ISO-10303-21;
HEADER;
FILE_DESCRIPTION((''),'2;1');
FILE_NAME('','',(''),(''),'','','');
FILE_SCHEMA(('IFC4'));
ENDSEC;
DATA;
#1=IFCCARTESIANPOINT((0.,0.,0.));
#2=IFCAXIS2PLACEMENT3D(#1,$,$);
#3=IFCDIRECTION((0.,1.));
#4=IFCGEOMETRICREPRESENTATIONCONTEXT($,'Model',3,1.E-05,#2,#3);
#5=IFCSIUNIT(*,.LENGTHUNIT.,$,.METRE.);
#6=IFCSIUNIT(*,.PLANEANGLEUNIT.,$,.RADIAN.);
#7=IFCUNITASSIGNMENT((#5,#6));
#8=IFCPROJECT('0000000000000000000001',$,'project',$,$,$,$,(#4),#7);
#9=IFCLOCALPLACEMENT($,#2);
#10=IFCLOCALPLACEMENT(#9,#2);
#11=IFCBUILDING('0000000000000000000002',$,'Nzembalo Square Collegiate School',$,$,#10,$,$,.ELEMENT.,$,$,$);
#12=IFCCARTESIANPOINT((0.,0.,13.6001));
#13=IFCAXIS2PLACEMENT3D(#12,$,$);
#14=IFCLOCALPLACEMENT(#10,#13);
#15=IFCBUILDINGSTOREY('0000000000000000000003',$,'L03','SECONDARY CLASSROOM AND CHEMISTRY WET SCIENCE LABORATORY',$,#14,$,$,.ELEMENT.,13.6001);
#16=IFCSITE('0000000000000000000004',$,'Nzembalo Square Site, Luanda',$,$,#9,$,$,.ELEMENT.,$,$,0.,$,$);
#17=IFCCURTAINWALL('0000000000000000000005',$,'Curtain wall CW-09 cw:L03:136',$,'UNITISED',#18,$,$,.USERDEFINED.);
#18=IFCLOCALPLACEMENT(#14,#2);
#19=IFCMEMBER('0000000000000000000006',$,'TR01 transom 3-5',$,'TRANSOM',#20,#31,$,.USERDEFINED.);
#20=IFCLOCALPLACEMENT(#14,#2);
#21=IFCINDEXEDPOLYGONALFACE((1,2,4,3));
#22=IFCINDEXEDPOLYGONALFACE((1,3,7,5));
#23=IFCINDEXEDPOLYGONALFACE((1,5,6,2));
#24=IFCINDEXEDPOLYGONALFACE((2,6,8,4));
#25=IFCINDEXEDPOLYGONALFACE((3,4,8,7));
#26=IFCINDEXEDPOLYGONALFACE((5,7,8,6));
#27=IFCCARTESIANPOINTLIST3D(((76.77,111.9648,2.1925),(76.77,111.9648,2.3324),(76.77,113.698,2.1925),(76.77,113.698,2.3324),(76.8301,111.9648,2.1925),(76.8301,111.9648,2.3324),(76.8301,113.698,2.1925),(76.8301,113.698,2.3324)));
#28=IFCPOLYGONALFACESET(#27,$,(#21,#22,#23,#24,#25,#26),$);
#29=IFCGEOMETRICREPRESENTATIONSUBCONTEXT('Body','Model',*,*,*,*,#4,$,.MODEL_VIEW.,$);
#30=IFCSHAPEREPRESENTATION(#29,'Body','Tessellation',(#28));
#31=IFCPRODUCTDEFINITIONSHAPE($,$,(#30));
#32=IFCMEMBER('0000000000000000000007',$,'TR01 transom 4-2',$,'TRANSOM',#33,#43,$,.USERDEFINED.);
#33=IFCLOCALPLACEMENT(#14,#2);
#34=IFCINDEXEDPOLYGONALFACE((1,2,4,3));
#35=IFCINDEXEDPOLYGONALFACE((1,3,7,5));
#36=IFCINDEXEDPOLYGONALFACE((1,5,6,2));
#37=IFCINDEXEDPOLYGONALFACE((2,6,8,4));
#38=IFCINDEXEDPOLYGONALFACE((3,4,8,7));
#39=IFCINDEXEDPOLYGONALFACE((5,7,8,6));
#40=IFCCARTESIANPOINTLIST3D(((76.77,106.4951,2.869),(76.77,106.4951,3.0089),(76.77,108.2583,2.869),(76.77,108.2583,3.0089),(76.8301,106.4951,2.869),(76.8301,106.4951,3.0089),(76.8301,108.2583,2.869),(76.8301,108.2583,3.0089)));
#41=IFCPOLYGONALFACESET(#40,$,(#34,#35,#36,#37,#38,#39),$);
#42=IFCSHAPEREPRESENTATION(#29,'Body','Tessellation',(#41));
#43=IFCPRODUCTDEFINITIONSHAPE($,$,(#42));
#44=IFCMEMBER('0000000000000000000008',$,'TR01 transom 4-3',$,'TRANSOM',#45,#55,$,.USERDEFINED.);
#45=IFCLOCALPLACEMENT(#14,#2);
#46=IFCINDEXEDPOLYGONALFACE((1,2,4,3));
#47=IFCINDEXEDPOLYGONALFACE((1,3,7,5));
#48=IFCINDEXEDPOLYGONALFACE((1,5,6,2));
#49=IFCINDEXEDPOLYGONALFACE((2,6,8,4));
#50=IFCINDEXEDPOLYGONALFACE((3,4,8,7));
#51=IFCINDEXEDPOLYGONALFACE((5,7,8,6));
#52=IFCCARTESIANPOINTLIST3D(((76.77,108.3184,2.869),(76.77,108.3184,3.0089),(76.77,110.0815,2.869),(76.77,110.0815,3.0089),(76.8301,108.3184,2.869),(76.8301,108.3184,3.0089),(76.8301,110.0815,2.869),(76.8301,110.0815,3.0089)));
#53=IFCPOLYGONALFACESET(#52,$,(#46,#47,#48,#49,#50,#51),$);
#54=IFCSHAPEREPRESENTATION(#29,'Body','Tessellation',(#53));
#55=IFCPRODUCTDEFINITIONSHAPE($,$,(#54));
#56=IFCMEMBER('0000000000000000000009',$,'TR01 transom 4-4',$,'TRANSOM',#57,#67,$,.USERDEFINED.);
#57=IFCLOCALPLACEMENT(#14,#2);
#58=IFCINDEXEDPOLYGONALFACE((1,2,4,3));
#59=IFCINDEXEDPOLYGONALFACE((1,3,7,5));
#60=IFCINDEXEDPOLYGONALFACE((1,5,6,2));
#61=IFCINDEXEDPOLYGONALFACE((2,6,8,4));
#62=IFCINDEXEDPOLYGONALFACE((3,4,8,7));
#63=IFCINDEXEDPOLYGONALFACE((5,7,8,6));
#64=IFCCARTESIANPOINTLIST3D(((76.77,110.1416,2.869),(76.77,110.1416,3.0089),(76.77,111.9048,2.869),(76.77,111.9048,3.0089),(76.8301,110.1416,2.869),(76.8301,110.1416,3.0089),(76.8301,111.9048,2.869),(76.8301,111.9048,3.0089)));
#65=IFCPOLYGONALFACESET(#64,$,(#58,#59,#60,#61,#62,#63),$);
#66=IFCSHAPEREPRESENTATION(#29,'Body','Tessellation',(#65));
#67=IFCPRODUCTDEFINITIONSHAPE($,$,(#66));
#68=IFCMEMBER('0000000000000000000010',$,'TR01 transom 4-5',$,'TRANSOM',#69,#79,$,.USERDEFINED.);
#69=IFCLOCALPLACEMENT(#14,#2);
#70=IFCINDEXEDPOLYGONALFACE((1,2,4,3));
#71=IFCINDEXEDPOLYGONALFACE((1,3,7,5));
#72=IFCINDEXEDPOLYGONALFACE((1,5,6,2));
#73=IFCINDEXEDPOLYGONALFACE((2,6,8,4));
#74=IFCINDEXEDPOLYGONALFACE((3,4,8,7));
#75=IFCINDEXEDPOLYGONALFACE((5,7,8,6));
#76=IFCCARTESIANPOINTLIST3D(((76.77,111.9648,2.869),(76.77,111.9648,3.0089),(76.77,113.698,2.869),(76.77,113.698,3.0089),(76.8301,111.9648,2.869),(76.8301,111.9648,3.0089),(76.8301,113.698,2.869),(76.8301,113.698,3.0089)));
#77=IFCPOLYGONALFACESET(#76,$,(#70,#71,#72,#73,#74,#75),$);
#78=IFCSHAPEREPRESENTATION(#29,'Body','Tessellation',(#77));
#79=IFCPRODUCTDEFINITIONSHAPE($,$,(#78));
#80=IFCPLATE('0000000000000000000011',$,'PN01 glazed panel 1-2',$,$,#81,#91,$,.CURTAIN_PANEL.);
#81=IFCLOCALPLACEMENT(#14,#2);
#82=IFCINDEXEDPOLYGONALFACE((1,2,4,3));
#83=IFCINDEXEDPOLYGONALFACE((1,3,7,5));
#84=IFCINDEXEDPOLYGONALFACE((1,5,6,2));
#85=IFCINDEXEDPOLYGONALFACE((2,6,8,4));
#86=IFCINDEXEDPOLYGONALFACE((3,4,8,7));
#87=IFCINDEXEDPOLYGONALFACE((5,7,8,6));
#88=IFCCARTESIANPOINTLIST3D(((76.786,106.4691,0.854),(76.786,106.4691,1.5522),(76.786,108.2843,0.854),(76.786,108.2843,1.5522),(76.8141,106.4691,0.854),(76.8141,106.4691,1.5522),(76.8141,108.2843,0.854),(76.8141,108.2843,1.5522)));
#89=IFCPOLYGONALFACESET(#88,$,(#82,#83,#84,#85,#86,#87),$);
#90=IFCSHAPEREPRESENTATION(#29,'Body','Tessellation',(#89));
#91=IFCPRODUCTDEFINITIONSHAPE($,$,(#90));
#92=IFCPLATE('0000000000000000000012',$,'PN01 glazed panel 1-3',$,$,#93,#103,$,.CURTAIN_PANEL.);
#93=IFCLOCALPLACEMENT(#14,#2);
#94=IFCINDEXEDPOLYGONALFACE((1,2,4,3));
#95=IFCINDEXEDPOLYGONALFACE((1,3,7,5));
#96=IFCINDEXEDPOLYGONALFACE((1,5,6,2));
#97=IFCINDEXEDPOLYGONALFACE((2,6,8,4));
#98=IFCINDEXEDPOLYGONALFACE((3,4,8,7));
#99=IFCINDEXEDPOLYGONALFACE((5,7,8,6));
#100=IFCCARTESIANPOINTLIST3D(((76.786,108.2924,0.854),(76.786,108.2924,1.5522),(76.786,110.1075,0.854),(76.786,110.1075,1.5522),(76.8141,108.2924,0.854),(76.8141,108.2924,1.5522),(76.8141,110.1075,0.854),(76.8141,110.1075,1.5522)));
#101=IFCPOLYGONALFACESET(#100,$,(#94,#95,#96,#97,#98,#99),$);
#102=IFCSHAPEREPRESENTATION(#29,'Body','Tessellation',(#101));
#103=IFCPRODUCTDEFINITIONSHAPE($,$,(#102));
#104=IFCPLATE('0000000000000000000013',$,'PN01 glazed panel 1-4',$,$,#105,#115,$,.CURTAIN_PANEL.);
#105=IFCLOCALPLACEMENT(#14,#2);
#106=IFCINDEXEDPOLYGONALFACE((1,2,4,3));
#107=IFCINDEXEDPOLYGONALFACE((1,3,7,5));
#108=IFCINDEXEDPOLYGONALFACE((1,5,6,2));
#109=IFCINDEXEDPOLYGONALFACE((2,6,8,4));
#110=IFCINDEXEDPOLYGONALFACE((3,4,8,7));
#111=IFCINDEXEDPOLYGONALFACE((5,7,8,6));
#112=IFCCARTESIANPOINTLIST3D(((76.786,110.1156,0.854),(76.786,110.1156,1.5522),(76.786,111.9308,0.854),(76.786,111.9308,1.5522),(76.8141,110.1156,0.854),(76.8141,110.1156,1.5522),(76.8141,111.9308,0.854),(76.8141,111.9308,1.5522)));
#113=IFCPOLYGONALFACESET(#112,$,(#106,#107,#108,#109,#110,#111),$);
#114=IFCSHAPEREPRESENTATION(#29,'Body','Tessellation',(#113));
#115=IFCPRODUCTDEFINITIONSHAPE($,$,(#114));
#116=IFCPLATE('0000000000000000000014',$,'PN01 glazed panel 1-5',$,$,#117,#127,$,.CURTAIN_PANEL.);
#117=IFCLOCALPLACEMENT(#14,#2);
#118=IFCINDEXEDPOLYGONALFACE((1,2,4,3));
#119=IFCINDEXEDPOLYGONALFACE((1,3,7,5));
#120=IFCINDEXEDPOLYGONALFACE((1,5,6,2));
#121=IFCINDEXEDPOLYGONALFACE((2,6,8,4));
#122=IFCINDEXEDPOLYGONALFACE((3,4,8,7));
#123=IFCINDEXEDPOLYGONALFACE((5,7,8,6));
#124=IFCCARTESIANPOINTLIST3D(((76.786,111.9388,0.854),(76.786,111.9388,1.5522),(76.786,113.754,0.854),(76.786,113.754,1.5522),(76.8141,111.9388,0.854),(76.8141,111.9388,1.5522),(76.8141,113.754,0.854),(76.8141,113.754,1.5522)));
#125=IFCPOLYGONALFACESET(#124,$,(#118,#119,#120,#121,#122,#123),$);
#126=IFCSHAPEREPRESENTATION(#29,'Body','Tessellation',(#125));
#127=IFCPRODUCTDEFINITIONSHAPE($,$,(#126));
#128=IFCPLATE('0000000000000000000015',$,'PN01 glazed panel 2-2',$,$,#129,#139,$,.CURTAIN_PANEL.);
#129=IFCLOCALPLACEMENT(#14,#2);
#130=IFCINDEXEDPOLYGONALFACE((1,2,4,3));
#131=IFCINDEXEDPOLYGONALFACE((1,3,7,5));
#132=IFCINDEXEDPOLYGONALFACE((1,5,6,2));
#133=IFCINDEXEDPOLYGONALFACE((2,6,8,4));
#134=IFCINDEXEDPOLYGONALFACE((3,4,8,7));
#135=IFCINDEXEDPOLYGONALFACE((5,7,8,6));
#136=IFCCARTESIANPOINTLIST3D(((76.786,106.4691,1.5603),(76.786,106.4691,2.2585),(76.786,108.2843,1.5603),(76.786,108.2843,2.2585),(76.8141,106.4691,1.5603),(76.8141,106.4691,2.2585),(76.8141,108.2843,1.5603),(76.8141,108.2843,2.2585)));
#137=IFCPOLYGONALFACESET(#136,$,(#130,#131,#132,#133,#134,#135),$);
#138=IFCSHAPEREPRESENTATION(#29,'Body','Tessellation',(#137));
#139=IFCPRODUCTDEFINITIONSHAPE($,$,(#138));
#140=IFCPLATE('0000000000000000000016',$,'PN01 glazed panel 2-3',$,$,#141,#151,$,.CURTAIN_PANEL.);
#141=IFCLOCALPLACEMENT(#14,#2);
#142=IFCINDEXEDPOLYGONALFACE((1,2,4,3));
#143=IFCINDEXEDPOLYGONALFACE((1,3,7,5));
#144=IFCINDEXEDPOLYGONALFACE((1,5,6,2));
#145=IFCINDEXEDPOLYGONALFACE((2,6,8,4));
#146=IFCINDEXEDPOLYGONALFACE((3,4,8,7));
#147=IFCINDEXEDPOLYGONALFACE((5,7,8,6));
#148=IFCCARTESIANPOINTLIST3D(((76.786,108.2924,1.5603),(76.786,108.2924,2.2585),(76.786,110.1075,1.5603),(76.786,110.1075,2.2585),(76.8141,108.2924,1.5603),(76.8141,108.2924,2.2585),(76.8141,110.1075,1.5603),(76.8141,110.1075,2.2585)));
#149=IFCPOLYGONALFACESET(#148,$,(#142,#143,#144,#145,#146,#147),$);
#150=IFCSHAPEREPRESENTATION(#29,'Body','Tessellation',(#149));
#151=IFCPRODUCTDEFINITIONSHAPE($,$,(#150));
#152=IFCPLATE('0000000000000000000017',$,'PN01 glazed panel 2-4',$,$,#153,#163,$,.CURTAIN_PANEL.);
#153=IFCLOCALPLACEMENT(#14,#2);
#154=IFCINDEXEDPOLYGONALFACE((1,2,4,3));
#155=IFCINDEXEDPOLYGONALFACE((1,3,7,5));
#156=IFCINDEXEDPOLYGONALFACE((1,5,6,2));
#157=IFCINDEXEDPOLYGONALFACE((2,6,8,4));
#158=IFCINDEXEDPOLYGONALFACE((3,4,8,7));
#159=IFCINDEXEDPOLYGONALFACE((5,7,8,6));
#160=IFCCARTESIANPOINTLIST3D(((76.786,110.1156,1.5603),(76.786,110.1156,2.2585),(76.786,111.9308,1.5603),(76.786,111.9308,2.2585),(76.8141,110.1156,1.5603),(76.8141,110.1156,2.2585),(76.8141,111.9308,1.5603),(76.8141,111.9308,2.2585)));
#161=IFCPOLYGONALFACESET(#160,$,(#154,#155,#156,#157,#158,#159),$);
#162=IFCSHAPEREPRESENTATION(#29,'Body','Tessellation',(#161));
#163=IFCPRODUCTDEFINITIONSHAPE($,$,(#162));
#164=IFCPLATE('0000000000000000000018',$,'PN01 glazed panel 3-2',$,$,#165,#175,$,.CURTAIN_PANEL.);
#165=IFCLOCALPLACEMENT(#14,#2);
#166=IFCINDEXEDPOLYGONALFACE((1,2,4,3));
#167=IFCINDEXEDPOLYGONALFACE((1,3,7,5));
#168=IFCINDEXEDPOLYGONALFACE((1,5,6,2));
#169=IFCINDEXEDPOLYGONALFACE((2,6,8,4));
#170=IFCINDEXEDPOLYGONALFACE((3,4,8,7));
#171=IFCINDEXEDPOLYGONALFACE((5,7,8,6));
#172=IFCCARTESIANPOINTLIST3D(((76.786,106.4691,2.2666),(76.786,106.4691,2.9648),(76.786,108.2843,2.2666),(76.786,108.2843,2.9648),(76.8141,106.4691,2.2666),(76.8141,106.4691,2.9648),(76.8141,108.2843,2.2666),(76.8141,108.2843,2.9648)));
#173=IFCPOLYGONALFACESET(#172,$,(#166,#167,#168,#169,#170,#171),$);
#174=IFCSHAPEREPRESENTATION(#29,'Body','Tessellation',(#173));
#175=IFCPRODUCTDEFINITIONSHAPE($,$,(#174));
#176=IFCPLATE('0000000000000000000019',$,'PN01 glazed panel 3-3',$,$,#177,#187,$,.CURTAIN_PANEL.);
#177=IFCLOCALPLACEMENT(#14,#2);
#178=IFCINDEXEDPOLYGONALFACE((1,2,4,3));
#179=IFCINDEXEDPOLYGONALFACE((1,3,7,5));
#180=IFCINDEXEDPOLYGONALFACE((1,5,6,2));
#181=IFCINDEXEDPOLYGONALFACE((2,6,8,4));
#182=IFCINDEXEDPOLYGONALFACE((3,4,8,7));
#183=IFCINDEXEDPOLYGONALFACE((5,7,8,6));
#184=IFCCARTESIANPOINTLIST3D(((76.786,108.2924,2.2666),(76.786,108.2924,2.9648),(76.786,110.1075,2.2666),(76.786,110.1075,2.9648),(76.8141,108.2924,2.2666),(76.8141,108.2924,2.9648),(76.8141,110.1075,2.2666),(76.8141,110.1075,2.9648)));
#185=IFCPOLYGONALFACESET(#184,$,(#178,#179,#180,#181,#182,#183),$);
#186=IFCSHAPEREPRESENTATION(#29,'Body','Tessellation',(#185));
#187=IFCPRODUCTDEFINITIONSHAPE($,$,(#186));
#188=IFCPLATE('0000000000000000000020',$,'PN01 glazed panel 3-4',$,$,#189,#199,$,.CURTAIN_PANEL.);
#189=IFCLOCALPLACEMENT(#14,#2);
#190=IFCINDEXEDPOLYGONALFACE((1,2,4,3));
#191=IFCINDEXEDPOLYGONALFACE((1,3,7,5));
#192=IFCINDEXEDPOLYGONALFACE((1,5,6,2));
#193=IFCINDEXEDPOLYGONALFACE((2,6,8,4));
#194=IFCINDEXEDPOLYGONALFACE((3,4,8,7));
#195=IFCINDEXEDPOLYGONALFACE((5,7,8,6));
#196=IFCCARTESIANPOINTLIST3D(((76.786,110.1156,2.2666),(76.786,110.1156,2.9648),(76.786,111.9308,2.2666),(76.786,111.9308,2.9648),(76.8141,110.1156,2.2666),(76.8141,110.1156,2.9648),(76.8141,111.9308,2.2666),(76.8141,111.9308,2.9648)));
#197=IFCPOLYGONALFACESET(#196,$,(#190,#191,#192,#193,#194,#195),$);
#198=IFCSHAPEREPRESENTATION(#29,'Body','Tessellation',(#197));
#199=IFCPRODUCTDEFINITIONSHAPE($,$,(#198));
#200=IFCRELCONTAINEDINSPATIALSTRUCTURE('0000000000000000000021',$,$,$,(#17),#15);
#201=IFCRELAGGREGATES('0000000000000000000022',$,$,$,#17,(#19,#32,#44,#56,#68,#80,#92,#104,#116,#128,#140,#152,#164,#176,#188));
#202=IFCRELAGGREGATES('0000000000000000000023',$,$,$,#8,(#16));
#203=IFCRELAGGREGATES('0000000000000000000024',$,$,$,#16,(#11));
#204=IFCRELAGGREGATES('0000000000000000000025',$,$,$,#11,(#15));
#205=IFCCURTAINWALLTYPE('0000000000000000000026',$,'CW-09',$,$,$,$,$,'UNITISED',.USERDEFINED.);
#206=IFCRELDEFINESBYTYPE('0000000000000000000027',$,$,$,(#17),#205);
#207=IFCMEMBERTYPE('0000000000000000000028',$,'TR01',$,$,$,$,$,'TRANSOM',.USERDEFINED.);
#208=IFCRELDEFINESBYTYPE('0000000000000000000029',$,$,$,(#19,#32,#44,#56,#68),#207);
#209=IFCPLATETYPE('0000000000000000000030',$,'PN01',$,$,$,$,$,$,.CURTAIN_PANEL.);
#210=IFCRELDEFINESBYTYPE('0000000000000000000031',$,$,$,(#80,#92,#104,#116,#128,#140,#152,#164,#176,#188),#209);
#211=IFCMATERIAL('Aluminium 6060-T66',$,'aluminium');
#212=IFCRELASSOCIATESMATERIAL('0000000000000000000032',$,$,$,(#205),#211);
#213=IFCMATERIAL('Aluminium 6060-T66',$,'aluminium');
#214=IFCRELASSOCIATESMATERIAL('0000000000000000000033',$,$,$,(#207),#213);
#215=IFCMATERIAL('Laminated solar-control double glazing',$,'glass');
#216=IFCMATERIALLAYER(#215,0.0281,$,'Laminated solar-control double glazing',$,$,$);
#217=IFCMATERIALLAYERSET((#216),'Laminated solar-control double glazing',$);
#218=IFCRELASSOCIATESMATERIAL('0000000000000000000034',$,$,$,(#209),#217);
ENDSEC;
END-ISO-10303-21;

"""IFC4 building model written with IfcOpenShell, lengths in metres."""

from ifc_helpers import new_model, si_unit, direction, frame, origin, origin_2d, place, context, subcontext, project, spatial, rectangle, extrude, material, layer, layer_set, material_profile, profile_set, type_object, element, aggregate, save


model = new_model("IFC4")

# Units and contexts
model_context = context("Model", 3, precision=1e-05, world=origin(), true_north=direction((0.0, 1.0)))
body_context = subcontext(model_context, "Body", "Model", "MODEL_VIEW")
ifc_project = project(units=[si_unit("LENGTHUNIT", "METRE"), si_unit("PLANEANGLEUNIT", "RADIAN")], contexts=[model_context])

# Site, building, storey
site_placement = place(None, origin())
site = spatial("IfcSite", under=ifc_project, at=site_placement, Name="Nzembalo Square Site, Luanda", CompositionType="ELEMENT", RefElevation=0.0)
building_placement = place(site_placement, origin())
building = spatial("IfcBuilding", under=site, at=building_placement, Name="Nzembalo Square Collegiate School", CompositionType="ELEMENT")
storey_placement = place(building_placement, frame((0.0, 0.0, 13.6001)))
storey = spatial("IfcBuildingStorey", under=building, at=storey_placement, Name="L03", Description="SECONDARY CLASSROOM AND CHEMISTRY WET SCIENCE LABORATORY", CompositionType="ELEMENT", Elevation=13.6001)

# Curtain wall, members, plates
ifc_material_1 = material(Name="Aluminium 6060-T66", Category="aluminium")
curtain_wall_type = type_object("IfcCurtainWallType", Name="CW-09", ElementType="UNITISED", PredefinedType="USERDEFINED", material=ifc_material_1)
curtain_wall_placement = place(storey_placement, origin())
curtain_wall = element("IfcCurtainWall", 1, at=curtain_wall_placement, inside=storey, type_object=curtain_wall_type, Name="Curtain wall CW-09 cw:L03:136", ObjectType="UNITISED", PredefinedType="USERDEFINED")
ifc_material_2 = material(Name="Aluminium 6060-T66", Category="aluminium")
ifc_material_profile_1 = material_profile(ifc_material_2, rectangle(XDim=0.0601, YDim=0.1399, at=origin_2d()), Name="ALU T60x140")
ifc_profile_set_1 = profile_set([ifc_material_profile_1], Name="Aluminium 6060-T66")
member_type_1 = type_object("IfcMemberType", Name="TR01", ElementType="TRANSOM", PredefinedType="USERDEFINED", material=ifc_profile_set_1)
member_1_placement = place(storey_placement, frame((76.8, 111.9648, 2.2625), z_axis=(0.0, 1.0, 0.0), x_axis=(-1.0, 0.0, 0.0)))
member_1 = element("IfcMember", 2, at=member_1_placement, type_object=member_type_1, Name="TR01 transom 3-5", ObjectType="TRANSOM", PredefinedType="USERDEFINED", context=body_context, shape_type="SweptSolid", body=[
    extrude(rectangle(XDim=0.0601, YDim=0.1399, at=origin_2d()), origin(), (0.0, 0.0, 1.0), 1.7332),
])
member_2_placement = place(storey_placement, frame((76.8, 106.4951, 2.939), z_axis=(0.0, 1.0, 0.0), x_axis=(-1.0, 0.0, 0.0)))
member_2 = element("IfcMember", 3, at=member_2_placement, type_object=member_type_1, Name="TR01 transom 4-2", ObjectType="TRANSOM", PredefinedType="USERDEFINED", context=body_context, shape_type="SweptSolid", body=[
    extrude(rectangle(XDim=0.0601, YDim=0.1399, at=origin_2d()), origin(), (0.0, 0.0, 1.0), 1.7632),
])
member_3_placement = place(storey_placement, frame((76.8, 108.3184, 2.939), z_axis=(0.0, 1.0, 0.0), x_axis=(-1.0, 0.0, 0.0)))
member_3 = element("IfcMember", 4, at=member_3_placement, type_object=member_type_1, Name="TR01 transom 4-3", ObjectType="TRANSOM", PredefinedType="USERDEFINED", context=body_context, shape_type="SweptSolid", body=[
    extrude(rectangle(XDim=0.0601, YDim=0.1399, at=origin_2d()), origin(), (0.0, 0.0, 1.0), 1.7632),
])
member_4_placement = place(storey_placement, frame((76.8, 110.1416, 2.939), z_axis=(0.0, 1.0, 0.0), x_axis=(-1.0, 0.0, 0.0)))
member_4 = element("IfcMember", 5, at=member_4_placement, type_object=member_type_1, Name="TR01 transom 4-4", ObjectType="TRANSOM", PredefinedType="USERDEFINED", context=body_context, shape_type="SweptSolid", body=[
    extrude(rectangle(XDim=0.0601, YDim=0.1399, at=origin_2d()), origin(), (0.0, 0.0, 1.0), 1.7632),
])
member_5_placement = place(storey_placement, frame((76.8, 111.9648, 2.939), z_axis=(0.0, 1.0, 0.0), x_axis=(-1.0, 0.0, 0.0)))
member_5 = element("IfcMember", 6, at=member_5_placement, type_object=member_type_1, Name="TR01 transom 4-5", ObjectType="TRANSOM", PredefinedType="USERDEFINED", context=body_context, shape_type="SweptSolid", body=[
    extrude(rectangle(XDim=0.0601, YDim=0.1399, at=origin_2d()), origin(), (0.0, 0.0, 1.0), 1.7332),
])
ifc_material_3 = material(Name="Laminated solar-control double glazing", Category="glass")
ifc_layer_1 = layer(ifc_material_3, 0.0281, Name="Laminated solar-control double glazing")
ifc_layer_set_1 = layer_set([ifc_layer_1], Name="Laminated solar-control double glazing")
plate_type = type_object("IfcPlateType", Name="PN01", PredefinedType="CURTAIN_PANEL", material=ifc_layer_set_1)
plate_1_placement = place(storey_placement, frame((76.8, 107.3767, 0.854), z_axis=(0.0, 0.0, 1.0), x_axis=(0.0, 1.0, 0.0)))
plate_1 = element("IfcPlate", 7, at=plate_1_placement, type_object=plate_type, Name="PN01 glazed panel 1-2", PredefinedType="CURTAIN_PANEL", context=body_context, shape_type="SweptSolid", body=[
    extrude(rectangle(XDim=1.8152, YDim=0.0281, at=origin_2d()), origin(), (0.0, 0.0, 1.0), 0.6982),
])
plate_2_placement = place(storey_placement, frame((76.8, 109.2, 0.854), z_axis=(0.0, 0.0, 1.0), x_axis=(0.0, 1.0, 0.0)))
plate_2 = element("IfcPlate", 8, at=plate_2_placement, type_object=plate_type, Name="PN01 glazed panel 1-3", PredefinedType="CURTAIN_PANEL", context=body_context, shape_type="SweptSolid", body=[
    extrude(rectangle(XDim=1.8152, YDim=0.0281, at=origin_2d()), origin(), (0.0, 0.0, 1.0), 0.6982),
])
plate_3_placement = place(storey_placement, frame((76.8, 111.0232, 0.854), z_axis=(0.0, 0.0, 1.0), x_axis=(0.0, 1.0, 0.0)))
plate_3 = element("IfcPlate", 9, at=plate_3_placement, type_object=plate_type, Name="PN01 glazed panel 1-4", PredefinedType="CURTAIN_PANEL", context=body_context, shape_type="SweptSolid", body=[
    extrude(rectangle(XDim=1.8152, YDim=0.0281, at=origin_2d()), origin(), (0.0, 0.0, 1.0), 0.6982),
])
plate_4_placement = place(storey_placement, frame((76.8, 112.8464, 0.854), z_axis=(0.0, 0.0, 1.0), x_axis=(0.0, 1.0, 0.0)))
plate_4 = element("IfcPlate", 10, at=plate_4_placement, type_object=plate_type, Name="PN01 glazed panel 1-5", PredefinedType="CURTAIN_PANEL", context=body_context, shape_type="SweptSolid", body=[
    extrude(rectangle(XDim=1.8152, YDim=0.0281, at=origin_2d()), origin(), (0.0, 0.0, 1.0), 0.6982),
])
plate_5_placement = place(storey_placement, frame((76.8, 107.3767, 1.5603), z_axis=(0.0, 0.0, 1.0), x_axis=(0.0, 1.0, 0.0)))
plate_5 = element("IfcPlate", 11, at=plate_5_placement, type_object=plate_type, Name="PN01 glazed panel 2-2", PredefinedType="CURTAIN_PANEL", context=body_context, shape_type="SweptSolid", body=[
    extrude(rectangle(XDim=1.8152, YDim=0.0281, at=origin_2d()), origin(), (0.0, 0.0, 1.0), 0.6982),
])
plate_6_placement = place(storey_placement, frame((76.8, 109.2, 1.5603), z_axis=(0.0, 0.0, 1.0), x_axis=(0.0, 1.0, 0.0)))
plate_6 = element("IfcPlate", 12, at=plate_6_placement, type_object=plate_type, Name="PN01 glazed panel 2-3", PredefinedType="CURTAIN_PANEL", context=body_context, shape_type="SweptSolid", body=[
    extrude(rectangle(XDim=1.8152, YDim=0.0281, at=origin_2d()), origin(), (0.0, 0.0, 1.0), 0.6982),
])
plate_7_placement = place(storey_placement, frame((76.8, 111.0232, 1.5603), z_axis=(0.0, 0.0, 1.0), x_axis=(0.0, 1.0, 0.0)))
plate_7 = element("IfcPlate", 13, at=plate_7_placement, type_object=plate_type, Name="PN01 glazed panel 2-4", PredefinedType="CURTAIN_PANEL", context=body_context, shape_type="SweptSolid", body=[
    extrude(rectangle(XDim=1.8152, YDim=0.0281, at=origin_2d()), origin(), (0.0, 0.0, 1.0), 0.6982),
])
plate_8_placement = place(storey_placement, frame((76.8, 107.3767, 2.2666), z_axis=(0.0, 0.0, 1.0), x_axis=(0.0, 1.0, 0.0)))
plate_8 = element("IfcPlate", 14, at=plate_8_placement, type_object=plate_type, Name="PN01 glazed panel 3-2", PredefinedType="CURTAIN_PANEL", context=body_context, shape_type="SweptSolid", body=[
    extrude(rectangle(XDim=1.8152, YDim=0.0281, at=origin_2d()), origin(), (0.0, 0.0, 1.0), 0.6982),
])
plate_9_placement = place(storey_placement, frame((76.8, 109.2, 2.2666), z_axis=(0.0, 0.0, 1.0), x_axis=(0.0, 1.0, 0.0)))
plate_9 = element("IfcPlate", 15, at=plate_9_placement, type_object=plate_type, Name="PN01 glazed panel 3-3", PredefinedType="CURTAIN_PANEL", context=body_context, shape_type="SweptSolid", body=[
    extrude(rectangle(XDim=1.8152, YDim=0.0281, at=origin_2d()), origin(), (0.0, 0.0, 1.0), 0.6982),
])
plate_10_placement = place(storey_placement, frame((76.8, 111.0232, 2.2666), z_axis=(0.0, 0.0, 1.0), x_axis=(0.0, 1.0, 0.0)))
plate_10 = element("IfcPlate", 16, at=plate_10_placement, type_object=plate_type, Name="PN01 glazed panel 3-4", PredefinedType="CURTAIN_PANEL", context=body_context, shape_type="SweptSolid", body=[
    extrude(rectangle(XDim=1.8152, YDim=0.0281, at=origin_2d()), origin(), (0.0, 0.0, 1.0), 0.6982),
])
aggregate(curtain_wall, [member_1, member_2, member_3, member_4, member_5, plate_1, plate_2, plate_3, plate_4, plate_5, plate_6, plate_7, plate_8, plate_9, plate_10])

save(model, "model.ifc")
